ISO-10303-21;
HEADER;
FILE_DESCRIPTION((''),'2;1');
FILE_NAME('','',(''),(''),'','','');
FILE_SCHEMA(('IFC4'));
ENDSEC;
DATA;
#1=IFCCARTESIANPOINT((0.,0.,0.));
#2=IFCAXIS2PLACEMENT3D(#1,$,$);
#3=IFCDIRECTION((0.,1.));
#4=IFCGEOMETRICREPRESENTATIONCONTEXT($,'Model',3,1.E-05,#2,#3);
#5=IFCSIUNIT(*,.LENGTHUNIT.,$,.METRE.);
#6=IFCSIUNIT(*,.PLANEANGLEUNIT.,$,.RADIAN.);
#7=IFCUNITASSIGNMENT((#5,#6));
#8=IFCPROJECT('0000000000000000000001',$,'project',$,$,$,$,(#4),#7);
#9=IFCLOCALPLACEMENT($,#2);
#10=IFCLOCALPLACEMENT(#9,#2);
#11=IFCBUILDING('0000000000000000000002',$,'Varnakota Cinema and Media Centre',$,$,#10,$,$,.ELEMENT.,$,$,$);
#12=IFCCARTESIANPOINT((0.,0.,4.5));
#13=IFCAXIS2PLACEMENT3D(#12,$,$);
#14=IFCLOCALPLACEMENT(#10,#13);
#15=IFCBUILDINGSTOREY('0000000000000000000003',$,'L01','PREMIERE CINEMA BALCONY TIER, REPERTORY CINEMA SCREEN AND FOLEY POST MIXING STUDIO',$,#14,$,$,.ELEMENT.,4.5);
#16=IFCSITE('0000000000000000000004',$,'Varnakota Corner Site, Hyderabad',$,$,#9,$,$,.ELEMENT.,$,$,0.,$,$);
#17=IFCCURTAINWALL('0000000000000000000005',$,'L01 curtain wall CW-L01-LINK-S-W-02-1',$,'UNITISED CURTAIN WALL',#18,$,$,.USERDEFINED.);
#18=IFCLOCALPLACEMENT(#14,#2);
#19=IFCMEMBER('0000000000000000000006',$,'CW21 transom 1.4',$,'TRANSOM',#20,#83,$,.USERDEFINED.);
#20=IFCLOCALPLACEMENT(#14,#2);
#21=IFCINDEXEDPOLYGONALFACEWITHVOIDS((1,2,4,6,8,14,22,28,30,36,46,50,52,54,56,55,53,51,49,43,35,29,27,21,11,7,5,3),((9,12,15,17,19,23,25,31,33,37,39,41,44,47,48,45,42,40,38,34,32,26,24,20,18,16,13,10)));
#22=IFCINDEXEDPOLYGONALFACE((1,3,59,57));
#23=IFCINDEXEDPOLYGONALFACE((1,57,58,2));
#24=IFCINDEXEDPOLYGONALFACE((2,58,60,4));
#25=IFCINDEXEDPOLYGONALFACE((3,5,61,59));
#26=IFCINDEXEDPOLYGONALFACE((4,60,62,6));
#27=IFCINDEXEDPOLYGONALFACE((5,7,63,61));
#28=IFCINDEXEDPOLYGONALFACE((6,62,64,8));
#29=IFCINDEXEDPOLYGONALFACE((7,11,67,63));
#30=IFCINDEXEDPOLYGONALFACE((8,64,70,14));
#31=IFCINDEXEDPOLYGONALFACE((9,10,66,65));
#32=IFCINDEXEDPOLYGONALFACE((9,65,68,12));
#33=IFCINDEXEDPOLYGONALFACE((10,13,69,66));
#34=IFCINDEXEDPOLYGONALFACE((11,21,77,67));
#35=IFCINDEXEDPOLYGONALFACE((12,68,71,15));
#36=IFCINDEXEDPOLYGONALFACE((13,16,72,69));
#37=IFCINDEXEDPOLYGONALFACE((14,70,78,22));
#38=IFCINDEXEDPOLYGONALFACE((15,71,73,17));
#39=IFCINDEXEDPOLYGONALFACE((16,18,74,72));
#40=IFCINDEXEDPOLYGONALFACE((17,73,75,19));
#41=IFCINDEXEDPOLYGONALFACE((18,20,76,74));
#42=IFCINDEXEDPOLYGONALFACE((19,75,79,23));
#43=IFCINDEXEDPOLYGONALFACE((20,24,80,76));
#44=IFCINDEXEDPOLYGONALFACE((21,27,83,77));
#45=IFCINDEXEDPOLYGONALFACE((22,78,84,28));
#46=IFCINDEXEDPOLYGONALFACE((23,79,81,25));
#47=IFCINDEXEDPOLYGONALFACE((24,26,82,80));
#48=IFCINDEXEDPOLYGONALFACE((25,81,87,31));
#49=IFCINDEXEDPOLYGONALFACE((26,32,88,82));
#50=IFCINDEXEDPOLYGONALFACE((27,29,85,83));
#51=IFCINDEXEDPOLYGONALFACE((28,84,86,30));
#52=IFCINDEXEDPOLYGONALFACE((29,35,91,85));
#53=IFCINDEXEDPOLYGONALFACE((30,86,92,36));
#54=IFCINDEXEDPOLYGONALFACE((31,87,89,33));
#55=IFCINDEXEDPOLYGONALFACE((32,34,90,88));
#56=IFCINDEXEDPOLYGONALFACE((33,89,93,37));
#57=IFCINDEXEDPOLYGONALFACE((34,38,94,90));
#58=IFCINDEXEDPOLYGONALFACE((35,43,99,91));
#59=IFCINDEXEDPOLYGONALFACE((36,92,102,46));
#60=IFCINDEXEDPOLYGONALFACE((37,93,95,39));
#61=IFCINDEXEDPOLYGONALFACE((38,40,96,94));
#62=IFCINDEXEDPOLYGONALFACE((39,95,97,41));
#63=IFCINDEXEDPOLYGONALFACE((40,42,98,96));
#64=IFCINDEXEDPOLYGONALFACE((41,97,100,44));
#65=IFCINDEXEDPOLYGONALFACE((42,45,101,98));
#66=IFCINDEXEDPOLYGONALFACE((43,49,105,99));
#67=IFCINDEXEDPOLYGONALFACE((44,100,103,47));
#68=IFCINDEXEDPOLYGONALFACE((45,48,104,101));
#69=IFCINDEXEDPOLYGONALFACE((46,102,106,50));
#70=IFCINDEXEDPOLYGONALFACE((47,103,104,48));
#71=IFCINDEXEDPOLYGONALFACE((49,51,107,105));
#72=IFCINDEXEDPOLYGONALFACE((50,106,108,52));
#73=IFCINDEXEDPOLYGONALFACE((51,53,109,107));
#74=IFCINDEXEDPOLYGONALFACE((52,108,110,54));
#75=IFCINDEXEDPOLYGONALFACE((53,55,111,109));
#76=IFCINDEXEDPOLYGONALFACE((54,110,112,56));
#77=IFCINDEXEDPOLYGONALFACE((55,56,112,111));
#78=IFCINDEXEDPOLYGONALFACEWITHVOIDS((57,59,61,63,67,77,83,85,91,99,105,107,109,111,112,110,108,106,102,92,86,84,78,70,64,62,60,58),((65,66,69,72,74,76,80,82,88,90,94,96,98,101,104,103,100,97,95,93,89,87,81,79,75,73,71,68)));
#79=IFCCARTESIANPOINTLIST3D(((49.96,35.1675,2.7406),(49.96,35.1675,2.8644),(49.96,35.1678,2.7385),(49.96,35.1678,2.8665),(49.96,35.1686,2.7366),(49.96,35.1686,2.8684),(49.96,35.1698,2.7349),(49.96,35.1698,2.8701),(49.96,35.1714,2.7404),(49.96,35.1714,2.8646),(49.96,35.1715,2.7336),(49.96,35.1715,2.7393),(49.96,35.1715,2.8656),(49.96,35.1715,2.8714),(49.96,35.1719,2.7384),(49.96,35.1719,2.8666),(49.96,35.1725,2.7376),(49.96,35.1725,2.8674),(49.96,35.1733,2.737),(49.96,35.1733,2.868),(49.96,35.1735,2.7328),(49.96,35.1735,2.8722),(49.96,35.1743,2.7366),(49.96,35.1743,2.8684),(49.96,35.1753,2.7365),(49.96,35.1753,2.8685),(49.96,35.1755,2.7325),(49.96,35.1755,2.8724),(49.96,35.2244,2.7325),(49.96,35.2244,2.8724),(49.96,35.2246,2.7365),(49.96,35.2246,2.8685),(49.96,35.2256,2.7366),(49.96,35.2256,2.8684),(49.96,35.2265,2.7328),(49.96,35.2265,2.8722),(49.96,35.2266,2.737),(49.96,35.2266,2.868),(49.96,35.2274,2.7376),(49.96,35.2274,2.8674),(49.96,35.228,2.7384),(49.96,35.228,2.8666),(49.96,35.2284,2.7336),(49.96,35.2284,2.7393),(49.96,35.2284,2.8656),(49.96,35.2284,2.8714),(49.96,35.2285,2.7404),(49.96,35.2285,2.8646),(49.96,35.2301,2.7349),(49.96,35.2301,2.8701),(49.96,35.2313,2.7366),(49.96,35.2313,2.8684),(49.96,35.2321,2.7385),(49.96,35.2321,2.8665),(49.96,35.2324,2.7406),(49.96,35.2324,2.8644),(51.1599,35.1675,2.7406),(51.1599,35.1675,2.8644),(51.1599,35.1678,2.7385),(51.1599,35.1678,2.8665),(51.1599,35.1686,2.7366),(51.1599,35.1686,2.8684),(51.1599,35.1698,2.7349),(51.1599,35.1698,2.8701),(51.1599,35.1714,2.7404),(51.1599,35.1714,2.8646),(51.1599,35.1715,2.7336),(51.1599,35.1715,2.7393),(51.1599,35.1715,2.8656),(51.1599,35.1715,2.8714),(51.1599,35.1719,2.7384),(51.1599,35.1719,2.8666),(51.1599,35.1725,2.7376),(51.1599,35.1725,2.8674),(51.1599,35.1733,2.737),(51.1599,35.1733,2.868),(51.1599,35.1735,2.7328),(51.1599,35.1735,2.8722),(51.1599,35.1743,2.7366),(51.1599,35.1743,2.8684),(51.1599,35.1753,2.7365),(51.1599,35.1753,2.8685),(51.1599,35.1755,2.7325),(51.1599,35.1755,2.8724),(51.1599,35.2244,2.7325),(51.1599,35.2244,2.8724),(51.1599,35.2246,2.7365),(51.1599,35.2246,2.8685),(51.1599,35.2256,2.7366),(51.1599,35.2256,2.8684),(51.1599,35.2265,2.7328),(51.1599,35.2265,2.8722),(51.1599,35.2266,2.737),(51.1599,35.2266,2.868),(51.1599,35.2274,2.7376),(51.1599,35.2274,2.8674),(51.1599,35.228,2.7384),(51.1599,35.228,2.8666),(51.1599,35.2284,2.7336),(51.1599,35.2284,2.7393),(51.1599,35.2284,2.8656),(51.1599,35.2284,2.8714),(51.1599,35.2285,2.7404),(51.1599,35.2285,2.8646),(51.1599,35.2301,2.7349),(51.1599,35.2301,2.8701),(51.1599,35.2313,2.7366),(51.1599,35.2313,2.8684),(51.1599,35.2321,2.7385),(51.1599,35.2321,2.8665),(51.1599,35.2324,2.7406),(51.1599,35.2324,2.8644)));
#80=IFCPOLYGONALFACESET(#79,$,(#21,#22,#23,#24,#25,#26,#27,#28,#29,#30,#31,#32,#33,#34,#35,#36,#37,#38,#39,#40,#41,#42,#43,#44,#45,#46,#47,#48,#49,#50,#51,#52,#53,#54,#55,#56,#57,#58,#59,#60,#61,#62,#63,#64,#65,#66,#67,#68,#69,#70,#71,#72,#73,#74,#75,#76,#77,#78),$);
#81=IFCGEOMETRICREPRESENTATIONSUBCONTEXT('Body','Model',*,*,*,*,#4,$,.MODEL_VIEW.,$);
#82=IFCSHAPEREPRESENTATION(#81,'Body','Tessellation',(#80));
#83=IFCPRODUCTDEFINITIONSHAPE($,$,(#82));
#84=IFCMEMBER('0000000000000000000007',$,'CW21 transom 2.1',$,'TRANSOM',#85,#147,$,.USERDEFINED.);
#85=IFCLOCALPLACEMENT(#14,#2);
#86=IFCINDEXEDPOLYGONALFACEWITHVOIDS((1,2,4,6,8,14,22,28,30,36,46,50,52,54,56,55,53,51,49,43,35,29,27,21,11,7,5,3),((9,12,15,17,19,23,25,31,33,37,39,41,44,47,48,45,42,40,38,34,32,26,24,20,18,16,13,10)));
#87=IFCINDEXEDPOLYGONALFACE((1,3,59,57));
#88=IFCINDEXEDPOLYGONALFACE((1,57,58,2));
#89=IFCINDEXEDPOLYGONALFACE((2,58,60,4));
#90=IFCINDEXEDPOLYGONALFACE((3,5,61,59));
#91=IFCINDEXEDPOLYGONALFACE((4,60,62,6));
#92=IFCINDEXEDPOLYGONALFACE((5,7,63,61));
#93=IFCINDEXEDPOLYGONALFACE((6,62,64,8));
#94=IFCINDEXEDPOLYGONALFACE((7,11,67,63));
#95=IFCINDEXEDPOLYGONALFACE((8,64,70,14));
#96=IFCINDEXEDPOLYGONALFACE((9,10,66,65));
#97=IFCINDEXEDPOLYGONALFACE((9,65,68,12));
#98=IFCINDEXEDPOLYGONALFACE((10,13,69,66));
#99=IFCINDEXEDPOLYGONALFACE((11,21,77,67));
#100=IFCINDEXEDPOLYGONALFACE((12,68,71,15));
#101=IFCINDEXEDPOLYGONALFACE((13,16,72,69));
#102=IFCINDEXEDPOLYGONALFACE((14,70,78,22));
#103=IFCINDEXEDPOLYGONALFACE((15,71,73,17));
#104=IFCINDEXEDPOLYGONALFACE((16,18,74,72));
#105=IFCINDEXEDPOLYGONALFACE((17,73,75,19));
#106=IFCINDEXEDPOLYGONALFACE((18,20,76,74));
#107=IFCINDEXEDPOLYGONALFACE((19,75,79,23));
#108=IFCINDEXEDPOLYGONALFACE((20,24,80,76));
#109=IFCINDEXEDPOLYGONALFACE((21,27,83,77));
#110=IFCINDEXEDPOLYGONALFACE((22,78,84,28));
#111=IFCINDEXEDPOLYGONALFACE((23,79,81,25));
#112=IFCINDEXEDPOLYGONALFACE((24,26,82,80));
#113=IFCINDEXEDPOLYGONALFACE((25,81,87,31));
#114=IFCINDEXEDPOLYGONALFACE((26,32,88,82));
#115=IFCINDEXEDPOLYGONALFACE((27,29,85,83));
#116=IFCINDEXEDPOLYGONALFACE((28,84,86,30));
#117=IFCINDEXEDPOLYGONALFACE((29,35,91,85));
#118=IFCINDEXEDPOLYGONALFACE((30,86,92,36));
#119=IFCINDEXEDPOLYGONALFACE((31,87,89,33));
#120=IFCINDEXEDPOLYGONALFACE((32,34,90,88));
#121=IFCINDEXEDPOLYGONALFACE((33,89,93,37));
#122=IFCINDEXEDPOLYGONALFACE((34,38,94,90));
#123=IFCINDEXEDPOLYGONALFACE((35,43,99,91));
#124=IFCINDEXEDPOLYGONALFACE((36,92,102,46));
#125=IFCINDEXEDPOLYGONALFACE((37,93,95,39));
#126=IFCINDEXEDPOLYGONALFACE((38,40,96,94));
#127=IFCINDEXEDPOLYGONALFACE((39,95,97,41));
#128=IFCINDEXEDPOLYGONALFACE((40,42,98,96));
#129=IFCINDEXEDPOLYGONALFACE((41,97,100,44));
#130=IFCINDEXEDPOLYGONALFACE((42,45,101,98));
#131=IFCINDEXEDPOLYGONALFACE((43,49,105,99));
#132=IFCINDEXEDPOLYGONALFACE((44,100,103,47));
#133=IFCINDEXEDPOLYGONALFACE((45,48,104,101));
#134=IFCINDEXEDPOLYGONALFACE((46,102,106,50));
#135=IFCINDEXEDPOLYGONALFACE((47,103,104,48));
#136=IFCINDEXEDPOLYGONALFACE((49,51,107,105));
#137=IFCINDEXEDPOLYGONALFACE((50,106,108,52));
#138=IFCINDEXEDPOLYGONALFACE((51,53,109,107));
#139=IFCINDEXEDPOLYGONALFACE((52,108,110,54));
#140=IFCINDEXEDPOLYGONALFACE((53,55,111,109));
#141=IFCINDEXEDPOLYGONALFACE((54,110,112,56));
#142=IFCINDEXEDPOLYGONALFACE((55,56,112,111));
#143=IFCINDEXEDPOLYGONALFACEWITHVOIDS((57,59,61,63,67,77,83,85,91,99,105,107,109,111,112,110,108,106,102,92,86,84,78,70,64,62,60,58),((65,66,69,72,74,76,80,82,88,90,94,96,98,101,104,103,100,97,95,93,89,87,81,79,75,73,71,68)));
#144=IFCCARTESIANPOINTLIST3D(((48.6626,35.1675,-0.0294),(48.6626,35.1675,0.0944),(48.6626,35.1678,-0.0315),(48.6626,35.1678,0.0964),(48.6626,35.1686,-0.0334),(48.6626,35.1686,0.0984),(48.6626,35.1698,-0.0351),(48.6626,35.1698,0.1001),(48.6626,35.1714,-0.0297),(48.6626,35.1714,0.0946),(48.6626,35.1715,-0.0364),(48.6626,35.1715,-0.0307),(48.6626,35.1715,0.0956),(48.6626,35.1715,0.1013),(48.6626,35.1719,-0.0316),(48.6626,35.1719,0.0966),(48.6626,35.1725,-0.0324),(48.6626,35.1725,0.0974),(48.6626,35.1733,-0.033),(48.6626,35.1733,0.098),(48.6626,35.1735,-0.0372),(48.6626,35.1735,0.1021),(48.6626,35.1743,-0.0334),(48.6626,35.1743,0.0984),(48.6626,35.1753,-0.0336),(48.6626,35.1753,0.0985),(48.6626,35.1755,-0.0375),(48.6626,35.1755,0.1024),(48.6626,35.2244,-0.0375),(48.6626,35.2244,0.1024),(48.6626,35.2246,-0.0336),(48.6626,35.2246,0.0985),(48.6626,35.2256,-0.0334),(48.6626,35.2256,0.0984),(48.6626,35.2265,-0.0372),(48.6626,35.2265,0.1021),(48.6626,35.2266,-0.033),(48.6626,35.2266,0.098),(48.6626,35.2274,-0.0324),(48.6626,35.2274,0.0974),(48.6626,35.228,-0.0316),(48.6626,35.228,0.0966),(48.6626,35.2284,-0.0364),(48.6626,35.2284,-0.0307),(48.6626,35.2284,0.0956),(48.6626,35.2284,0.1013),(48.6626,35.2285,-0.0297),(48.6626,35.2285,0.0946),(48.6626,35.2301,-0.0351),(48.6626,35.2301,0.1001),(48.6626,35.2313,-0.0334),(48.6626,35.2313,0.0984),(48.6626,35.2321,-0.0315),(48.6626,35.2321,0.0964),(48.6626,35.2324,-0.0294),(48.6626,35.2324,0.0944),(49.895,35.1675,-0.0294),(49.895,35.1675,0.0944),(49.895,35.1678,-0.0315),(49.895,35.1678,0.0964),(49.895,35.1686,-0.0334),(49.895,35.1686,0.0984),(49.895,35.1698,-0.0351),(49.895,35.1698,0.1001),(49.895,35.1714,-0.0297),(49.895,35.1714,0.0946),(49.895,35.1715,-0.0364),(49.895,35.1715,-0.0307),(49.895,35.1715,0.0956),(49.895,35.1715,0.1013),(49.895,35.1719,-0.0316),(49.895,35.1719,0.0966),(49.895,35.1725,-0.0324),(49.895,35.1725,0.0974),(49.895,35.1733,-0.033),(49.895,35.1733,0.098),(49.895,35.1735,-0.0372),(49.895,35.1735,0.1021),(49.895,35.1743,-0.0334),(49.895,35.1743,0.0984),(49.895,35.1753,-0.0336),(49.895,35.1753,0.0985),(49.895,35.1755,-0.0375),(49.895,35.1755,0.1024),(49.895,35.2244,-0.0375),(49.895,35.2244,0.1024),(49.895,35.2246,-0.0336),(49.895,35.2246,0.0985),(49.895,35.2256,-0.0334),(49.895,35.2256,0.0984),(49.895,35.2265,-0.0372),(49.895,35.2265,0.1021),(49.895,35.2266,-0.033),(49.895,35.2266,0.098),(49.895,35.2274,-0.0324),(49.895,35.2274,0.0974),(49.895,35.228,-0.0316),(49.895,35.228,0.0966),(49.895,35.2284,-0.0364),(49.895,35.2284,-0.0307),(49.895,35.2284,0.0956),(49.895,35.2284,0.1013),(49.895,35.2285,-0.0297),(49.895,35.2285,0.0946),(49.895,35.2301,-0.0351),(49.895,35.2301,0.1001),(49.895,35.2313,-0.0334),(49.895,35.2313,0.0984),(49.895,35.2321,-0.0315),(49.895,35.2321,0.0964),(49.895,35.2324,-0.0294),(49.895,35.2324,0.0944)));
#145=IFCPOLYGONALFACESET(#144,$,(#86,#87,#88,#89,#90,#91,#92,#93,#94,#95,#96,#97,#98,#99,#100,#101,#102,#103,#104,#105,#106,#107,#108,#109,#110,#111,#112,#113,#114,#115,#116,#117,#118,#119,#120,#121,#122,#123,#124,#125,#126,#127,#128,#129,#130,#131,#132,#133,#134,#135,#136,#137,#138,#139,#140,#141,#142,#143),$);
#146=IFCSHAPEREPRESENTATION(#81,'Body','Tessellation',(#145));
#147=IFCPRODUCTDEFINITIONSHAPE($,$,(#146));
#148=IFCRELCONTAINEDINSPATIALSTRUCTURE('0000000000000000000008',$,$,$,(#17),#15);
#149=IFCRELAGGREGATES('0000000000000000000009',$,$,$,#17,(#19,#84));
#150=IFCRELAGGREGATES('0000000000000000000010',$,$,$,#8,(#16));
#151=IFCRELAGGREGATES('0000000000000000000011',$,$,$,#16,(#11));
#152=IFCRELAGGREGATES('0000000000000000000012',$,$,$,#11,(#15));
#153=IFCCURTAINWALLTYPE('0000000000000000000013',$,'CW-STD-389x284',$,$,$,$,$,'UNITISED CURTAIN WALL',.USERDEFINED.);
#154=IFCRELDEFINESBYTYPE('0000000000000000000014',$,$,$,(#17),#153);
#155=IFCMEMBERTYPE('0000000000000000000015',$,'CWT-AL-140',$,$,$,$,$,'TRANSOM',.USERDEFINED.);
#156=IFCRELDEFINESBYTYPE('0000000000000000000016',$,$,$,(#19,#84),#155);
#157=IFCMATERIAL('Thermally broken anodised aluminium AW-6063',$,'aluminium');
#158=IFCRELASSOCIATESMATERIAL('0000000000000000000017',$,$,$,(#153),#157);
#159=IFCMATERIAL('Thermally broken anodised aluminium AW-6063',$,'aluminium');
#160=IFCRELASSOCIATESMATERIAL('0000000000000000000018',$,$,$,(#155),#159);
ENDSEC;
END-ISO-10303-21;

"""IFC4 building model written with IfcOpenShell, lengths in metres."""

from ifc_helpers import new_model, si_unit, direction, frame, origin, origin_2d, place, context, subcontext, project, spatial, hollow_rectangle, extrude, material, material_profile, profile_set, type_object, element, aggregate, save


model = new_model("IFC4")

# Units and contexts
model_context = context("Model", 3, precision=1e-05, world=origin(), true_north=direction((0.0, 1.0)))
body_context = subcontext(model_context, "Body", "Model", "MODEL_VIEW")
ifc_project = project(units=[si_unit("LENGTHUNIT", "METRE"), si_unit("PLANEANGLEUNIT", "RADIAN")], contexts=[model_context])

# Site, building, storey
site_placement = place(None, origin())
site = spatial("IfcSite", under=ifc_project, at=site_placement, Name="Varnakota Corner Site, Hyderabad", CompositionType="ELEMENT", RefElevation=0.0)
building_placement = place(site_placement, origin())
building = spatial("IfcBuilding", under=site, at=building_placement, Name="Varnakota Cinema and Media Centre", CompositionType="ELEMENT")
storey_placement = place(building_placement, frame((0.0, 0.0, 4.5)))
storey = spatial("IfcBuildingStorey", under=building, at=storey_placement, Name="L01", Description="PREMIERE CINEMA BALCONY TIER, REPERTORY CINEMA SCREEN AND FOLEY POST MIXING STUDIO", CompositionType="ELEMENT", Elevation=4.5)

# Curtain wall
ifc_material_1 = material(Name="Thermally broken anodised aluminium AW-6063", Category="aluminium")
curtain_wall_type_1 = type_object("IfcCurtainWallType", Name="CW-STD-389x284", ElementType="UNITISED CURTAIN WALL", PredefinedType="USERDEFINED", material=ifc_material_1)
curtain_wall_1_placement = place(storey_placement, origin())
curtain_wall_1 = element("IfcCurtainWall", 1, at=curtain_wall_1_placement, inside=storey, type_object=curtain_wall_type_1, Name="L01 curtain wall CW-L01-LINK-S-W-02-1", ObjectType="UNITISED CURTAIN WALL", PredefinedType="USERDEFINED")

# Members
ifc_material_2 = material(Name="Thermally broken anodised aluminium AW-6063", Category="aluminium")
ifc_material_profile_1 = material_profile(ifc_material_2, hollow_rectangle(XDim=0.0649, YDim=0.1399, WallThickness=0.0039, InnerFilletRadius=0.0039, OuterFilletRadius=0.0081, at=origin_2d()), Name="AL-TRANSOM 140x65x4")
ifc_profile_set_1 = profile_set([ifc_material_profile_1], Name="Thermally broken anodised aluminium AW-6063")
member_type_1 = type_object("IfcMemberType", Name="CWT-AL-140", ElementType="TRANSOM", PredefinedType="USERDEFINED", material=ifc_profile_set_1)
member_1_placement = place(storey_placement, frame((51.1599, 35.2, 2.8025), z_axis=(-1.0, 0.0, 0.0), x_axis=(0.0, -1.0, 0.0)))
member_1 = element("IfcMember", 2, at=member_1_placement, type_object=member_type_1, Name="CW21 transom 1.4", ObjectType="TRANSOM", PredefinedType="USERDEFINED", context=body_context, shape_type="SweptSolid", body=[
    extrude(hollow_rectangle(XDim=0.0649, YDim=0.1399, WallThickness=0.0039, InnerFilletRadius=0.0039, OuterFilletRadius=0.0081, at=origin_2d()), origin(), (0.0, 0.0, 1.0), 1.2),
])
member_2_placement = place(storey_placement, frame((49.895, 35.2, 0.0325), z_axis=(-1.0, 0.0, 0.0), x_axis=(0.0, -1.0, 0.0)))
member_2 = element("IfcMember", 3, at=member_2_placement, type_object=member_type_1, Name="CW21 transom 2.1", ObjectType="TRANSOM", PredefinedType="USERDEFINED", context=body_context, shape_type="SweptSolid", body=[
    extrude(hollow_rectangle(XDim=0.0649, YDim=0.1399, WallThickness=0.0039, InnerFilletRadius=0.0039, OuterFilletRadius=0.0081, at=origin_2d()), origin(), (0.0, 0.0, 1.0), 1.2324),
])

aggregate(curtain_wall_1, [member_1, member_2])

save(model, "model.ifc")
